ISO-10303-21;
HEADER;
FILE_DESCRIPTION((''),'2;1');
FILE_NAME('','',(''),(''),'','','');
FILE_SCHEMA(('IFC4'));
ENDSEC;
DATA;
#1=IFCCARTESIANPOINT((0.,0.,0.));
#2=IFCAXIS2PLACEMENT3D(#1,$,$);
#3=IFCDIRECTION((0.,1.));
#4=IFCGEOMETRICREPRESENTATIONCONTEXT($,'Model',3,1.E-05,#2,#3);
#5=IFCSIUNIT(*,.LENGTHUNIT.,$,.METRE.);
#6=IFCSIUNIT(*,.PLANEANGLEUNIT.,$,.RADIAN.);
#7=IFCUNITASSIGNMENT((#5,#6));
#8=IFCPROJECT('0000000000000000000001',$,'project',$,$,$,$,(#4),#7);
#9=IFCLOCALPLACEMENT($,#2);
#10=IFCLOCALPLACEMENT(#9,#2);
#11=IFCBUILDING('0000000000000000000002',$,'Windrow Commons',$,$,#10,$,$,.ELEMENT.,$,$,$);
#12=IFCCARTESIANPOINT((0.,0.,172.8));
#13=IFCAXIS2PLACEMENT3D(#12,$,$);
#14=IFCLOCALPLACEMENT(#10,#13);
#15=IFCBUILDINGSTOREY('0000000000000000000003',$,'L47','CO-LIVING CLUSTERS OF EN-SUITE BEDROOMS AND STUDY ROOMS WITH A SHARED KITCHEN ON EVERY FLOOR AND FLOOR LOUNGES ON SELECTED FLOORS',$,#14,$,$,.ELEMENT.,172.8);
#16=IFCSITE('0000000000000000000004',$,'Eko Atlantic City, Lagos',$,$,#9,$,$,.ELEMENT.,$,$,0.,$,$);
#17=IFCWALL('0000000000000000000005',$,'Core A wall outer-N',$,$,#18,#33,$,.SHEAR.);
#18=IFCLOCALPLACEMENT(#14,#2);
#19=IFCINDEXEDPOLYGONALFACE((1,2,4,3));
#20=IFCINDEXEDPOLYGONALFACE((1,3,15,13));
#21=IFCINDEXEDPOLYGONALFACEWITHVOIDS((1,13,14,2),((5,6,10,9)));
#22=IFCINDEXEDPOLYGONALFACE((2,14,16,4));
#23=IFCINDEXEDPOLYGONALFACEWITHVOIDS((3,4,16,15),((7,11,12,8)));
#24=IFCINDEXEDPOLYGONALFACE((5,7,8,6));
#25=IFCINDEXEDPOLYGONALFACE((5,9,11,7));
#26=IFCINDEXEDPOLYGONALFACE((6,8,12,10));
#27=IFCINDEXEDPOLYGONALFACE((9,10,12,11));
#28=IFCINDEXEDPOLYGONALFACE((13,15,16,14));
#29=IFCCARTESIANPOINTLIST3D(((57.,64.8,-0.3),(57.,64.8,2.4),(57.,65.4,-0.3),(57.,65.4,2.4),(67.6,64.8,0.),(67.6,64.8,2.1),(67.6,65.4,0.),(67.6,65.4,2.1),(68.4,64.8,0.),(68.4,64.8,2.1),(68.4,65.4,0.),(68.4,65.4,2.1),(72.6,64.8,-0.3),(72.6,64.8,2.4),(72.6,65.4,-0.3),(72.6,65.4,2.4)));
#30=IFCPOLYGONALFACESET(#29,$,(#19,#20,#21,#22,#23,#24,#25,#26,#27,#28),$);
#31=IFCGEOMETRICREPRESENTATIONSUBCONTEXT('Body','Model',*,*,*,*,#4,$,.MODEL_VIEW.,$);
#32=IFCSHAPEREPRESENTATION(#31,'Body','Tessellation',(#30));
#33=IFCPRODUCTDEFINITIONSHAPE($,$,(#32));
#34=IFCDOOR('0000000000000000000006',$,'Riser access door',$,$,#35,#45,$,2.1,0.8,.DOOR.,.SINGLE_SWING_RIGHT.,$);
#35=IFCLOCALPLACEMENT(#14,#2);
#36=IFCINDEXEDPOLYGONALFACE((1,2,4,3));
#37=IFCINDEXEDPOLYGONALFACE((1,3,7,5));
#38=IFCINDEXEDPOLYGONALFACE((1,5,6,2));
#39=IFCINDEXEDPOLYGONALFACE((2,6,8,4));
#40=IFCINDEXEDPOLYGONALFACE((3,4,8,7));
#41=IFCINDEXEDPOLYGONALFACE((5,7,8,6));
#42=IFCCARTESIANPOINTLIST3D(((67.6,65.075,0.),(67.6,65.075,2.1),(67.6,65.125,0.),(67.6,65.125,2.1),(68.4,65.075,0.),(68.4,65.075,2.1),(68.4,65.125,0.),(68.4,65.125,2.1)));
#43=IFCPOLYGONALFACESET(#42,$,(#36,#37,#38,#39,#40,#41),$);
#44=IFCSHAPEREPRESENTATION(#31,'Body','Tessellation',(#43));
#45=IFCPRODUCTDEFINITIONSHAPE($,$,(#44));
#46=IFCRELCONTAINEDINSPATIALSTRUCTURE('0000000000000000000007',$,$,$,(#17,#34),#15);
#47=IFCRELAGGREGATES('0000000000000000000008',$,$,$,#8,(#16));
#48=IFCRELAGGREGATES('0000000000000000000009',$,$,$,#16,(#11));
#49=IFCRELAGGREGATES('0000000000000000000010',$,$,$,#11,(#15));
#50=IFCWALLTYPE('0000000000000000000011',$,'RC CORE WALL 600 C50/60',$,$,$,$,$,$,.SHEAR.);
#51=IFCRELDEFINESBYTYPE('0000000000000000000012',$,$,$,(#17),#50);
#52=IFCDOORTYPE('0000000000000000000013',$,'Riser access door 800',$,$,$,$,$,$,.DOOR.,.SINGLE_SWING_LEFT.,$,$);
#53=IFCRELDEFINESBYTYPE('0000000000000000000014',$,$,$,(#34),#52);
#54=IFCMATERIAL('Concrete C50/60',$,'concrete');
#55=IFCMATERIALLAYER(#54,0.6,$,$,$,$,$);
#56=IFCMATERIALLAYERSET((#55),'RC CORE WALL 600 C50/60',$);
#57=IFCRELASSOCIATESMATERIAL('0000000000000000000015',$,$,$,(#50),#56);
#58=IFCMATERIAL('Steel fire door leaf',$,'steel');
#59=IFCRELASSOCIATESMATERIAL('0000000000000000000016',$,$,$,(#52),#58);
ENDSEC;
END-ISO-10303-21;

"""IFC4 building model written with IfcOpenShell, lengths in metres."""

from ifc_helpers import new_model, si_unit, direction, frame, frame_2d, origin, place, context, subcontext, project, spatial, rectangle, extrude, material, layer, layer_set, type_object, element, fill, save


model = new_model("IFC4")

# Units and contexts
model_context = context("Model", 3, precision=1e-05, world=origin(), true_north=direction((0.0, 1.0)))
body_context = subcontext(model_context, "Body", "Model", "MODEL_VIEW")
ifc_project = project(units=[si_unit("LENGTHUNIT", "METRE"), si_unit("PLANEANGLEUNIT", "RADIAN")], contexts=[model_context])

# Site, building, storey
site_placement = place(None, origin())
site = spatial("IfcSite", under=ifc_project, at=site_placement, Name="Eko Atlantic City, Lagos", CompositionType="ELEMENT", RefElevation=0.0)
building_placement = place(site_placement, origin())
building = spatial("IfcBuilding", under=site, at=building_placement, Name="Windrow Commons", CompositionType="ELEMENT")
storey_placement = place(building_placement, frame((0.0, 0.0, 172.8)))
storey = spatial("IfcBuildingStorey", under=building, at=storey_placement, Name="L47", Description="CO-LIVING CLUSTERS OF EN-SUITE BEDROOMS AND STUDY ROOMS WITH A SHARED KITCHEN ON EVERY FLOOR AND FLOOR LOUNGES ON SELECTED FLOORS", CompositionType="ELEMENT", Elevation=172.8)

# Wall, opening, door
ifc_material_1 = material(Name="Concrete C50/60", Category="concrete")
ifc_layer_1 = layer(ifc_material_1, 0.6)
ifc_layer_set_1 = layer_set([ifc_layer_1], Name="RC CORE WALL 600 C50/60")
wall_type_1 = type_object("IfcWallType", Name="RC CORE WALL 600 C50/60", PredefinedType="SHEAR", material=ifc_layer_set_1)
wall_1_placement = place(storey_placement, frame((57.0, 65.1, -0.3), z_axis=(0.0, 0.0, 1.0), x_axis=(1.0, 0.0, 0.0)))
wall_1 = element("IfcWall", 1, at=wall_1_placement, inside=storey, type_object=wall_type_1, Name="Core A wall outer-N", PredefinedType="SHEAR", context=body_context, shape_type="SweptSolid", body=[
    extrude(rectangle(XDim=15.6, YDim=0.6, at=frame_2d((7.8, 0.0))), origin(), (0.0, 0.0, 1.0), 2.7),
])
opening_1_placement = place(wall_1_placement, frame((10.6, 0.0, 0.3)))
opening_1 = element("IfcOpeningElement", 2, at=opening_1_placement, cuts=wall_1, PredefinedType="OPENING", context=body_context, shape_type="SweptSolid", body=[
    extrude(rectangle(XDim=0.8, YDim=2.1, at=frame_2d((0.4, 1.05))), frame((0.0, 0.31, 0.0), z_axis=(0.0, -1.0, 0.0), x_axis=(1.0, 0.0, 0.0)), (0.0, 0.0, 1.0), 0.62),
])
ifc_material_2 = material(Name="Steel fire door leaf", Category="steel")
door_type_1 = type_object("IfcDoorType", Name="Riser access door 800", OperationType="SINGLE_SWING_LEFT", PredefinedType="DOOR", material=ifc_material_2)
door_1_placement = place(opening_1_placement, origin())
door_1 = element("IfcDoor", 3, at=door_1_placement, inside=storey, type_object=door_type_1, Name="Riser access door", OperationType="SINGLE_SWING_RIGHT", OverallHeight=2.1, OverallWidth=0.8, PredefinedType="DOOR", context=body_context, shape_type="SweptSolid", body=[
    extrude(rectangle(XDim=0.8, YDim=2.1, at=frame_2d((0.4, 1.05))), frame((0.0, 0.025, 0.0), z_axis=(0.0, -1.0, 0.0), x_axis=(1.0, 0.0, 0.0)), (0.0, 0.0, 1.0), 0.05),
])
fill(opening_1, door_1)

save(model, "model.ifc")
